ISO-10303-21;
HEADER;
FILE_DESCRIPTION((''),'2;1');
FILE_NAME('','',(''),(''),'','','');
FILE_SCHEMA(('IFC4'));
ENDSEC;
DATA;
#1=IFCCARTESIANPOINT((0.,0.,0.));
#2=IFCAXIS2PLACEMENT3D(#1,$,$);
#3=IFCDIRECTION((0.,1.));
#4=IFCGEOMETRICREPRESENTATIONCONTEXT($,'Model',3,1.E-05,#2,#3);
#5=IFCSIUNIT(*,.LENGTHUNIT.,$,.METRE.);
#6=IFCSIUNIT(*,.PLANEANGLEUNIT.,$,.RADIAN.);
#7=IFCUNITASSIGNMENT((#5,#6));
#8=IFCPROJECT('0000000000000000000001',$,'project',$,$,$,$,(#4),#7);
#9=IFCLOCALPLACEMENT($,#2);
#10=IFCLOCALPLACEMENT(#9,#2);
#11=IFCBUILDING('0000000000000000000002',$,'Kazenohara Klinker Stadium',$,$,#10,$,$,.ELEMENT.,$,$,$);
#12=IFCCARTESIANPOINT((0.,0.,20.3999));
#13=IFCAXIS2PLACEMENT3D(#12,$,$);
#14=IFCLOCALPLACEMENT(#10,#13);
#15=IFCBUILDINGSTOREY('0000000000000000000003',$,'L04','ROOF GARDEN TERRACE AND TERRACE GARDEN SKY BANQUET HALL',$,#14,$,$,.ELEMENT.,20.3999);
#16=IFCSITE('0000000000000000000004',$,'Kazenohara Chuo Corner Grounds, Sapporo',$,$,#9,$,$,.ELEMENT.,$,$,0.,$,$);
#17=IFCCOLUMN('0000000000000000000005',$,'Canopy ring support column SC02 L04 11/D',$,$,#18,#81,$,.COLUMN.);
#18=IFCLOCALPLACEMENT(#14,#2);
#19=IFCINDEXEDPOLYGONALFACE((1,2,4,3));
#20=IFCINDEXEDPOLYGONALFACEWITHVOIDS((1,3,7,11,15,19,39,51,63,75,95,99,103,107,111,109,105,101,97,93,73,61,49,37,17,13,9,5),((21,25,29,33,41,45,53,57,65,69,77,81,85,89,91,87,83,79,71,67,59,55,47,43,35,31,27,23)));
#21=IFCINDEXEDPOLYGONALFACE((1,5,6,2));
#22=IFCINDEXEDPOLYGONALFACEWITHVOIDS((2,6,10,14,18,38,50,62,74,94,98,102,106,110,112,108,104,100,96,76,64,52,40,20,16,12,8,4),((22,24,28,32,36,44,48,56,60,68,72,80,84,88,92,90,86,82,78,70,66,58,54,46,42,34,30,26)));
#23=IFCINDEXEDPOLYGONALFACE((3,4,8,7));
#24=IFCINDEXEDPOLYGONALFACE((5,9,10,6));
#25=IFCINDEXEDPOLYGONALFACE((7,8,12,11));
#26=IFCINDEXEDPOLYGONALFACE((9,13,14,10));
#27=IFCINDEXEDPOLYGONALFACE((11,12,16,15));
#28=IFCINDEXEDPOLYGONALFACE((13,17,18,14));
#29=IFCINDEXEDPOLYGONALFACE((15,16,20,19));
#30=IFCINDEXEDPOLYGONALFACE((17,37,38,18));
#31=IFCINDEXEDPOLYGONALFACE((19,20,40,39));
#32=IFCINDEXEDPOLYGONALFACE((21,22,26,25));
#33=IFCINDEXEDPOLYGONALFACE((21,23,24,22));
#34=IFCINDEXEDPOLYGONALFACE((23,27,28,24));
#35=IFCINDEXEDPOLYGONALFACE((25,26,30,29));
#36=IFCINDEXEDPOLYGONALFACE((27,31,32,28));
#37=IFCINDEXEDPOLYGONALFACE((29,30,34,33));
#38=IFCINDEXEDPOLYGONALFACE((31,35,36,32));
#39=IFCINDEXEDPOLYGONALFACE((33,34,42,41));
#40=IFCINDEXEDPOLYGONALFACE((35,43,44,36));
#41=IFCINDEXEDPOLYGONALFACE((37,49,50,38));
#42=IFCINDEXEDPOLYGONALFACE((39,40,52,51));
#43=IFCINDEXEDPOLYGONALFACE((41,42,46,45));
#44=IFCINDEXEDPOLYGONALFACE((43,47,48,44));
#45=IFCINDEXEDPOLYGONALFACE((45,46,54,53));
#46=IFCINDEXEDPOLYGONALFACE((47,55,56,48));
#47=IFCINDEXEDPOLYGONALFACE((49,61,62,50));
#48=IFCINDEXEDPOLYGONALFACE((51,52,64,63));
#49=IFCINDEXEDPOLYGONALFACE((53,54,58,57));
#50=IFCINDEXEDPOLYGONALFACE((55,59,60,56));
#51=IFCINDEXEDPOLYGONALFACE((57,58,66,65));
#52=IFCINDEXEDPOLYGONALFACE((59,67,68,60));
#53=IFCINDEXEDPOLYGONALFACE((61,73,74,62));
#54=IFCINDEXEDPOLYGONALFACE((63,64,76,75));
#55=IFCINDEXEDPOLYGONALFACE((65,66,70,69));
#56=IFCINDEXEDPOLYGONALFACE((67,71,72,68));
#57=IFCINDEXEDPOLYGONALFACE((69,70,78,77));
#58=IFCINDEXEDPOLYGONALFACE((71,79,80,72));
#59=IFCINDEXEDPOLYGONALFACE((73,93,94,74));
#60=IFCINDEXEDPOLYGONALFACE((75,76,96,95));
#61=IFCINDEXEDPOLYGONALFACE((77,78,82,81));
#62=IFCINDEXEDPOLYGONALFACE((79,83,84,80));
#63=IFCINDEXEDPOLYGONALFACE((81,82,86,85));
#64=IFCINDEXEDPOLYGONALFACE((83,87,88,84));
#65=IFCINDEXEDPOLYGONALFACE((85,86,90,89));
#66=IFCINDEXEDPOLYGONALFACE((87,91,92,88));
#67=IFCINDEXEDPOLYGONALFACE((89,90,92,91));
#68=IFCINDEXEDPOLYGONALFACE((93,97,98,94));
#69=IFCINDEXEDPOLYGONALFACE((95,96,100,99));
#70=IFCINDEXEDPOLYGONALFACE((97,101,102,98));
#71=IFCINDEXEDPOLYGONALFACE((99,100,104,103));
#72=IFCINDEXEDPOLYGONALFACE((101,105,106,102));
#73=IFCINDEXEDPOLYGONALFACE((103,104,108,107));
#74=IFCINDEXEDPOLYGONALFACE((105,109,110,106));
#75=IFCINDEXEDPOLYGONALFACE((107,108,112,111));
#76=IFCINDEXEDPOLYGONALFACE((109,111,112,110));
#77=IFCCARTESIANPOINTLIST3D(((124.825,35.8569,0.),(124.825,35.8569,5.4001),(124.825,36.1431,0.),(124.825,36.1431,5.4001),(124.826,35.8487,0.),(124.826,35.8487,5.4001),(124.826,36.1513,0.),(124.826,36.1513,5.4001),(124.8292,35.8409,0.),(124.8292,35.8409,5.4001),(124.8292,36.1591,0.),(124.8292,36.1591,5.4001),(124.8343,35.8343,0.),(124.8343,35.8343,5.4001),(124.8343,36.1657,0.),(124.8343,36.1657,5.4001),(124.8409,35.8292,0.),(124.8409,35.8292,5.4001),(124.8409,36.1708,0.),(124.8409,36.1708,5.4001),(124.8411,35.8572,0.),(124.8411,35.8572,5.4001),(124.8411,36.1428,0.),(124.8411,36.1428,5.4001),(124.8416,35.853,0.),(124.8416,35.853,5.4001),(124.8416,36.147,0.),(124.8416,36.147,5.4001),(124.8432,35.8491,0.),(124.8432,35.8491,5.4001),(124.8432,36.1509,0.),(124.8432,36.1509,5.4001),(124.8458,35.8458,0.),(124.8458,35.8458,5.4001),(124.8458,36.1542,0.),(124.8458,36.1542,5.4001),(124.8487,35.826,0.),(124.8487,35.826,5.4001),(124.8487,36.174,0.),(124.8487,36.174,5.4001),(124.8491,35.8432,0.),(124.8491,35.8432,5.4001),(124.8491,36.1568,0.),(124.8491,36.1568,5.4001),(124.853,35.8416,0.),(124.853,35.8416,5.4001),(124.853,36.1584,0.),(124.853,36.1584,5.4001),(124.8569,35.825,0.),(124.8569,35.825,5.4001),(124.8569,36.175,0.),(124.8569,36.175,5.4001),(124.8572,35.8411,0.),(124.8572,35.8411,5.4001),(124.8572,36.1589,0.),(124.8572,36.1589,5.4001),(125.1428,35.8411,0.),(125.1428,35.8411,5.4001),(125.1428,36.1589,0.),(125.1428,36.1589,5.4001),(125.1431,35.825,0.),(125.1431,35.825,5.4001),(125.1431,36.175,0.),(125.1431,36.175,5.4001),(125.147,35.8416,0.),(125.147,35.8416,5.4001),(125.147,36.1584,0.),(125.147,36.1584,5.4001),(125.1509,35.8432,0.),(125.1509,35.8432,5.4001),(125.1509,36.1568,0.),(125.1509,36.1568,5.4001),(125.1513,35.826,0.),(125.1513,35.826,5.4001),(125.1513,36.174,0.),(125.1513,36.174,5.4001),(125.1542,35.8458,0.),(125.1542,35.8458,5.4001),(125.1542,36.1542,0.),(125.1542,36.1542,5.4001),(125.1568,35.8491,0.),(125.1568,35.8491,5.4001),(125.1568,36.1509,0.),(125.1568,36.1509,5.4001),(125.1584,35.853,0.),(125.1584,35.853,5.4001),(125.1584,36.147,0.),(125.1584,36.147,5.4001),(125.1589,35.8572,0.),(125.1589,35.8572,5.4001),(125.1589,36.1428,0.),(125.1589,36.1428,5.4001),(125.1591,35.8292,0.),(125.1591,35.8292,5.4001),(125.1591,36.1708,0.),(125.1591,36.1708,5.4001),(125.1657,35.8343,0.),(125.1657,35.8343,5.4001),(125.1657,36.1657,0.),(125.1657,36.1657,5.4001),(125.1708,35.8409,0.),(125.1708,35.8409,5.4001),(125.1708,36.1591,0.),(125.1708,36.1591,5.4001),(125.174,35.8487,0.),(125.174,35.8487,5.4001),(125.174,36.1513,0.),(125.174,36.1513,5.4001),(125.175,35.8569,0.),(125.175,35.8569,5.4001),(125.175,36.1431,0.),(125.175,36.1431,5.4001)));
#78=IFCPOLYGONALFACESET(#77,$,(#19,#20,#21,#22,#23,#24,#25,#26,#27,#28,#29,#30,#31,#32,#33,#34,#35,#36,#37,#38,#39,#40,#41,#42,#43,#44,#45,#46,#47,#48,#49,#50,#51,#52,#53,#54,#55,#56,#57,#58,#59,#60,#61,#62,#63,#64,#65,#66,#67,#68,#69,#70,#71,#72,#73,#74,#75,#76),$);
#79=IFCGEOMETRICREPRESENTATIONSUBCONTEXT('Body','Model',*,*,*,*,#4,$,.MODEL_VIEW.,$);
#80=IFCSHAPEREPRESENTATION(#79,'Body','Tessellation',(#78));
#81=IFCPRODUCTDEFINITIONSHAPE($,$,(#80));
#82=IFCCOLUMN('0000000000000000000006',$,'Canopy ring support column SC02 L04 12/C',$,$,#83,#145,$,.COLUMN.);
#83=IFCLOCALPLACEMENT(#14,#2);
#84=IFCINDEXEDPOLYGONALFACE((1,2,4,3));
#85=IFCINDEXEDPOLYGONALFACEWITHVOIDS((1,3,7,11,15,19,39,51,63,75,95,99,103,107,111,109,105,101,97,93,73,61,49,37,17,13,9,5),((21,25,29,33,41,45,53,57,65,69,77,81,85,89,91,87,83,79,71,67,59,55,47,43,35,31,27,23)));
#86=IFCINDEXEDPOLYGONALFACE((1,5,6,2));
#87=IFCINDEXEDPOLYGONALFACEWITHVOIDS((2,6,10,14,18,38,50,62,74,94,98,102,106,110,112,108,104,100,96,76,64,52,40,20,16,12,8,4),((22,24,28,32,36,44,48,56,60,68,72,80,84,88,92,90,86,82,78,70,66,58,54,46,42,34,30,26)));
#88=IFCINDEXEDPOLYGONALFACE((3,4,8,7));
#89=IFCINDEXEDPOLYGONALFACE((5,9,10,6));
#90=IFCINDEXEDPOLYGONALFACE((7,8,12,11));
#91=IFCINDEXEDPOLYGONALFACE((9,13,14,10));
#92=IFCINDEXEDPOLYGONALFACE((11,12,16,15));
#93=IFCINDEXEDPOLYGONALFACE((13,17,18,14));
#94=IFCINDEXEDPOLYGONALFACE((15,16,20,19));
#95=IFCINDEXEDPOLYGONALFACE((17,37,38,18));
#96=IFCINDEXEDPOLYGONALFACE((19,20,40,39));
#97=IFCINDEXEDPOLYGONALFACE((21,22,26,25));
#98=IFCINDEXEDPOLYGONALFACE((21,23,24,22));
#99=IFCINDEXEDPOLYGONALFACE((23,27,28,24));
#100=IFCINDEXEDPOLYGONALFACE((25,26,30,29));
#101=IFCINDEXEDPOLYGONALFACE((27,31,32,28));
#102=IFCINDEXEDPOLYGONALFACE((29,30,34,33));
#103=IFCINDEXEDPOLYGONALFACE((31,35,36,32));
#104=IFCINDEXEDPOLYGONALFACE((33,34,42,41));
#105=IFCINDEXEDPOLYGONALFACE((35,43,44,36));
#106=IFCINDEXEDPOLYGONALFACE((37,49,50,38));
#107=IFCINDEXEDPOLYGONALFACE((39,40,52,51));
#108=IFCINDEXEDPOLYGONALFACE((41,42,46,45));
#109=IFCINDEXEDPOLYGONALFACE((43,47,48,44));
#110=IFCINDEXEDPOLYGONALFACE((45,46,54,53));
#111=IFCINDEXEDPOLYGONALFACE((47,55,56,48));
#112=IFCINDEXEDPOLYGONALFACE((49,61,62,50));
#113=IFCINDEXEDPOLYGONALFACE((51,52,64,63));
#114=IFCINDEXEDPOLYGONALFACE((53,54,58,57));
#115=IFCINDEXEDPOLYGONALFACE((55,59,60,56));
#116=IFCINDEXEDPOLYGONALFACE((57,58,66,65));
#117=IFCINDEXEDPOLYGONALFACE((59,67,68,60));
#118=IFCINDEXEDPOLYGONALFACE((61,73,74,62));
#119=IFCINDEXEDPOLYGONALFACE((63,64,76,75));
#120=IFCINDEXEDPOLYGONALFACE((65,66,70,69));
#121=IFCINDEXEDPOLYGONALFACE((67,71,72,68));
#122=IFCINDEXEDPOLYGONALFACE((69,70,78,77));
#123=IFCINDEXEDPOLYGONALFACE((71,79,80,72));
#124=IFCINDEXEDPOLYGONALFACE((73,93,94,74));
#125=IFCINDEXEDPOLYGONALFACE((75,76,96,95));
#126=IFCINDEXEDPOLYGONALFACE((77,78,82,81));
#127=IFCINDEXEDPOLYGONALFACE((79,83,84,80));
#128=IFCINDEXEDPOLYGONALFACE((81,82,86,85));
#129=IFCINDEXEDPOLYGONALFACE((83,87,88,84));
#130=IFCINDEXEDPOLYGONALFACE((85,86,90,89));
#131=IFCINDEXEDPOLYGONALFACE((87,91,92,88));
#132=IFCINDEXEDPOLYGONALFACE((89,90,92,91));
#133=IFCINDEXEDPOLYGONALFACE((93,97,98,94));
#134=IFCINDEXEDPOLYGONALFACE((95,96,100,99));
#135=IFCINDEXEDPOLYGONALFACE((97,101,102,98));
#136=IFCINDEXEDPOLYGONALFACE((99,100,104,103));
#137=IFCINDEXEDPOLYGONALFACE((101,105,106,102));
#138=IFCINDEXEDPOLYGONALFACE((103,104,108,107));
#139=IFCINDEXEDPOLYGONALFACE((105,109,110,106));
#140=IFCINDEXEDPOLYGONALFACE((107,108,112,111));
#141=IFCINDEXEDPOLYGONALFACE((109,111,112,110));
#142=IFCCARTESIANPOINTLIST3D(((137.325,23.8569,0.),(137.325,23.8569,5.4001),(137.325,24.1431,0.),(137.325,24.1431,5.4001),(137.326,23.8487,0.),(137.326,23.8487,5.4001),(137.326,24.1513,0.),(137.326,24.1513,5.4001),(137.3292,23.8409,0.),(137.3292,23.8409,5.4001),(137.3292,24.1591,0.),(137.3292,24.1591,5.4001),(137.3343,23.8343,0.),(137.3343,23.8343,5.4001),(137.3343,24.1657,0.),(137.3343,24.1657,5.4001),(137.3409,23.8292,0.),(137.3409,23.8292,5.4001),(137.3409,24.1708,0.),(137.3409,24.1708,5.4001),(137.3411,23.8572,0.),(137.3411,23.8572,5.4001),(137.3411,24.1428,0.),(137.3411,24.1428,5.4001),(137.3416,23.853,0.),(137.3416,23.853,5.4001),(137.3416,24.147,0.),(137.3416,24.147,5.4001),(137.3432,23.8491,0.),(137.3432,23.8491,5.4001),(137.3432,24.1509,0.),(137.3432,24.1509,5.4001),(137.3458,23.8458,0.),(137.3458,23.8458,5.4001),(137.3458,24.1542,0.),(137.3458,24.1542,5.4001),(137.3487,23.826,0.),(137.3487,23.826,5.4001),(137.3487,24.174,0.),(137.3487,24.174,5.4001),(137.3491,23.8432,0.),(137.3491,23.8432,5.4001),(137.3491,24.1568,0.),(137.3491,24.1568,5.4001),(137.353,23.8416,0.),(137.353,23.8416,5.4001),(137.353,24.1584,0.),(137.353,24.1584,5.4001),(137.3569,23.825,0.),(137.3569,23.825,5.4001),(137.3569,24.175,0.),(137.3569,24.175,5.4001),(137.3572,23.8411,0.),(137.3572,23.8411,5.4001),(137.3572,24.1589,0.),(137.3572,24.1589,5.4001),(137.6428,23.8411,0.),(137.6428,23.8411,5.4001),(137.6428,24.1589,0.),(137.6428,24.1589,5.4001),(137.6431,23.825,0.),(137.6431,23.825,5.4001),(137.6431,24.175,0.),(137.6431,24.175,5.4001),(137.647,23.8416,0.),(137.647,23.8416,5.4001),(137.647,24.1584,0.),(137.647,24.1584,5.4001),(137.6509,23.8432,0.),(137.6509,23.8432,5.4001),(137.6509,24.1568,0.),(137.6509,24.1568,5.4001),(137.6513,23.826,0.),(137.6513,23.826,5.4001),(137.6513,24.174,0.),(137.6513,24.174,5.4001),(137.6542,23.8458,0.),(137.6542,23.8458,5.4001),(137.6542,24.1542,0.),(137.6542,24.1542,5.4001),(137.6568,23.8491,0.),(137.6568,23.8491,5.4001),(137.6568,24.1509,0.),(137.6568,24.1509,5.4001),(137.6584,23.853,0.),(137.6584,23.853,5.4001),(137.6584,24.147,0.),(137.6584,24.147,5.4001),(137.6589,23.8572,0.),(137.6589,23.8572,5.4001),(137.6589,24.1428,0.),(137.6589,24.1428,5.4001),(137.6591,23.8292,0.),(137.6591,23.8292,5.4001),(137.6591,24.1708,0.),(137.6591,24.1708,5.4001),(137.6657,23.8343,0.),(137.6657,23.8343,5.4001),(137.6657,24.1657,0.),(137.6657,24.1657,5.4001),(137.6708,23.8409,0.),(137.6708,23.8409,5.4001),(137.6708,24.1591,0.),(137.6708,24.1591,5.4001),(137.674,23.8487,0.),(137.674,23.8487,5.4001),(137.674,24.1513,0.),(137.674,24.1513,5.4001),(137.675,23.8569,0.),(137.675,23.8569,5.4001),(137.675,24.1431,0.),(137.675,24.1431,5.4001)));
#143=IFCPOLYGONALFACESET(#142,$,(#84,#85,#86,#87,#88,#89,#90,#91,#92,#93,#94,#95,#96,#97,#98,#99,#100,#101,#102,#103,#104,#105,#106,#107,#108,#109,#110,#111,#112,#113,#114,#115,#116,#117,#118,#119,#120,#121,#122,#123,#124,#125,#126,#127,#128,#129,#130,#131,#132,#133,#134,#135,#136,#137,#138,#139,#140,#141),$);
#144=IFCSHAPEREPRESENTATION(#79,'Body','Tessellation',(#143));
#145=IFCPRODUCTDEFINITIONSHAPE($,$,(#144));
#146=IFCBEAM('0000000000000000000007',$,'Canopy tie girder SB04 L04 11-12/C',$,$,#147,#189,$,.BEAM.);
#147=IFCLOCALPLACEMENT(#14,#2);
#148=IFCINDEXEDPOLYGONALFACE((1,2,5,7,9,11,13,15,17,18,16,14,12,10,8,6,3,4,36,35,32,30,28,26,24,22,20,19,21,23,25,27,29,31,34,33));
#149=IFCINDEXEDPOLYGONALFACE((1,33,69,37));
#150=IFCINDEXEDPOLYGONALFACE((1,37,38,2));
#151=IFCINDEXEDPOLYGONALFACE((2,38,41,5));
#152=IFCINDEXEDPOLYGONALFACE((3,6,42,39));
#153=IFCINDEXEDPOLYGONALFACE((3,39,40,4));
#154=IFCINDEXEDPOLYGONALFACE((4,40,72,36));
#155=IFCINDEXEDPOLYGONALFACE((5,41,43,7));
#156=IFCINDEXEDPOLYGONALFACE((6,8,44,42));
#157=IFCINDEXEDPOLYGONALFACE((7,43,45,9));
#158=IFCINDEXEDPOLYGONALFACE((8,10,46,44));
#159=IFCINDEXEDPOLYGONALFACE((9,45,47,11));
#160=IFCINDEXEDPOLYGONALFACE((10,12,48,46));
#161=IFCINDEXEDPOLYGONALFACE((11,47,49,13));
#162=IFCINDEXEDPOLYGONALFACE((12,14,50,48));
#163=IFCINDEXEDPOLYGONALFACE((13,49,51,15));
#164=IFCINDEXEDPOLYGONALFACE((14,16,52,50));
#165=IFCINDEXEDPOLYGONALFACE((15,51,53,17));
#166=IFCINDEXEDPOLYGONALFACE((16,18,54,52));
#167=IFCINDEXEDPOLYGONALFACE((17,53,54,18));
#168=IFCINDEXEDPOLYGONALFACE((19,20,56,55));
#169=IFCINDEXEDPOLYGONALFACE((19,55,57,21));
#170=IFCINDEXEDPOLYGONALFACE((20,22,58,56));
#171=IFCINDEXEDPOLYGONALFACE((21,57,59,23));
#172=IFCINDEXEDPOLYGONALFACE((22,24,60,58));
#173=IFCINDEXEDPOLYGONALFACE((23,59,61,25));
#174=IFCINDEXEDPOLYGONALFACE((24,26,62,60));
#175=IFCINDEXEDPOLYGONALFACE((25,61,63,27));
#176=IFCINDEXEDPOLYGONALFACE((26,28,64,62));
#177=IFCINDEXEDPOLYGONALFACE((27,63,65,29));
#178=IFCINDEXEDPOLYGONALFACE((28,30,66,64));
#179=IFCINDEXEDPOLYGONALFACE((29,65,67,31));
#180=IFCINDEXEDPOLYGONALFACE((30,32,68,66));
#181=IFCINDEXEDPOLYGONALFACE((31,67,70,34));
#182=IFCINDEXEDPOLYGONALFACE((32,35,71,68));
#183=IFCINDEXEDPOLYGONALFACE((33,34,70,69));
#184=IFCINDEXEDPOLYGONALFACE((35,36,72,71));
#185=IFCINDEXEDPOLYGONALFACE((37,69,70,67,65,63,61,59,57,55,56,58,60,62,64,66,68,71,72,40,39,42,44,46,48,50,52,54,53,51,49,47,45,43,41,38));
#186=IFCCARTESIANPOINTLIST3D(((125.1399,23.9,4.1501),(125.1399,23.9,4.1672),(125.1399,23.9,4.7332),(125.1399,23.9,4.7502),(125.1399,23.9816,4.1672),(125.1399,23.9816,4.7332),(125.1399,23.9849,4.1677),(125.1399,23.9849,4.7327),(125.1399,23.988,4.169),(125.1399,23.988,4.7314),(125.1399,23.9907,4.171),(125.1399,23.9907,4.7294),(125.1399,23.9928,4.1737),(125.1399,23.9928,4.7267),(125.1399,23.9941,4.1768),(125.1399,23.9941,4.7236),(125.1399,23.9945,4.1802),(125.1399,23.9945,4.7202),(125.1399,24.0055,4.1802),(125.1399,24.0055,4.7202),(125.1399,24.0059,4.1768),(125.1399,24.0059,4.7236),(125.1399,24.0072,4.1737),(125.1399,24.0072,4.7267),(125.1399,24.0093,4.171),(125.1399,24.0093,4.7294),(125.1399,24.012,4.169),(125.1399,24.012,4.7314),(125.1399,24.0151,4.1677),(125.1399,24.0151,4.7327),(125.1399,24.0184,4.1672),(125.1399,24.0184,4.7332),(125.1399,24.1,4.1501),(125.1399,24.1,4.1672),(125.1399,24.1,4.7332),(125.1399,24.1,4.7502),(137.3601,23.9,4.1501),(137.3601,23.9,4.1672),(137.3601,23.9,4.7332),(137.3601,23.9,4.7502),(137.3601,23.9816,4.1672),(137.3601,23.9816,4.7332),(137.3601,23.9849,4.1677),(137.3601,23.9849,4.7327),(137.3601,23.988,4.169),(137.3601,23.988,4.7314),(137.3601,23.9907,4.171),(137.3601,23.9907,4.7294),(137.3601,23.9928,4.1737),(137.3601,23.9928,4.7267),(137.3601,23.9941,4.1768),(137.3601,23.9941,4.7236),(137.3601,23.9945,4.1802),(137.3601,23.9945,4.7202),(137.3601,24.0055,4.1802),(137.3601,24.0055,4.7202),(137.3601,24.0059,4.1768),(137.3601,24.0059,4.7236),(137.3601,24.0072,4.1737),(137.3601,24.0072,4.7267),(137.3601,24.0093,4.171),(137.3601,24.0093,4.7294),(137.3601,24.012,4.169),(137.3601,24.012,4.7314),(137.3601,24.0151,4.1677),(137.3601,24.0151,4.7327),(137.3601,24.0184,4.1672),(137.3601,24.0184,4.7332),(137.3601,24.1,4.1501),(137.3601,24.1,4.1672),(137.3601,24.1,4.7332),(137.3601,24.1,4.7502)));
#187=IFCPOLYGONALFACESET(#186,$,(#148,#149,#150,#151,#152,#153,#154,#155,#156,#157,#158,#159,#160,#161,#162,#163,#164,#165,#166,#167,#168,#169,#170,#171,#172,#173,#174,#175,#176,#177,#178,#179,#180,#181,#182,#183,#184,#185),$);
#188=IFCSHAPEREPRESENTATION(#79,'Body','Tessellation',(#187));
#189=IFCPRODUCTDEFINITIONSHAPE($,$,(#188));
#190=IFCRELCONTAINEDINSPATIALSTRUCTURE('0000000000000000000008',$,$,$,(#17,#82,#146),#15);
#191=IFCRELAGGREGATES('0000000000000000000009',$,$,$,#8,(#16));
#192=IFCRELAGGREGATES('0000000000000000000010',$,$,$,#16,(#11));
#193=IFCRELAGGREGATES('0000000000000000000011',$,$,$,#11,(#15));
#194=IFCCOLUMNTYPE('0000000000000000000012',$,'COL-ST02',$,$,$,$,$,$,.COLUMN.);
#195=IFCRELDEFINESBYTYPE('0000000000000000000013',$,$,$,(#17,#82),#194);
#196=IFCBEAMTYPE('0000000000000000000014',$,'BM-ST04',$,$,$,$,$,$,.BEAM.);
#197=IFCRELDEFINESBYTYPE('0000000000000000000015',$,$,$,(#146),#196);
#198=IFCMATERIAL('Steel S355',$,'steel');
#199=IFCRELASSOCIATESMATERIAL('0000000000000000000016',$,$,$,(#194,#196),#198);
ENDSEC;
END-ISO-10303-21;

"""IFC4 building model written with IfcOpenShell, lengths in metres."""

from ifc_helpers import new_model, si_unit, direction, frame, origin, origin_2d, place, context, subcontext, project, spatial, hollow_rectangle, i_section, extrude, material, material_profile, profile_set, type_object, element, save


model = new_model("IFC4")

# Units and contexts
model_context = context("Model", 3, precision=1e-05, world=origin(), true_north=direction((0.0, 1.0)))
body_context = subcontext(model_context, "Body", "Model", "MODEL_VIEW")
ifc_project = project(units=[si_unit("LENGTHUNIT", "METRE"), si_unit("PLANEANGLEUNIT", "RADIAN")], contexts=[model_context])

# Site, building, storey
site_placement = place(None, origin())
site = spatial("IfcSite", under=ifc_project, at=site_placement, Name="Kazenohara Chuo Corner Grounds, Sapporo", CompositionType="ELEMENT", RefElevation=0.0)
building_placement = place(site_placement, origin())
building = spatial("IfcBuilding", under=site, at=building_placement, Name="Kazenohara Klinker Stadium", CompositionType="ELEMENT")
storey_placement = place(building_placement, frame((0.0, 0.0, 20.3999)))
storey = spatial("IfcBuildingStorey", under=building, at=storey_placement, Name="L04", Description="ROOF GARDEN TERRACE AND TERRACE GARDEN SKY BANQUET HALL", CompositionType="ELEMENT", Elevation=20.3999)

# Columns
ifc_material_1 = material(Name="Steel S355", Category="steel")
ifc_material_profile_1 = material_profile(ifc_material_1, hollow_rectangle(XDim=0.3501, YDim=0.3501, WallThickness=0.0161, InnerFilletRadius=0.0161, OuterFilletRadius=0.032, at=origin_2d()), Name="SHS-350x350x16")
ifc_profile_set_1 = profile_set([ifc_material_profile_1], Name="Steel S355")
column_type_1 = type_object("IfcColumnType", Name="COL-ST02", PredefinedType="COLUMN", material=ifc_profile_set_1)
for number, where, z_axis, x_axis, name in (
    (1, (125.0, 36.0, 0.0), (0.0, 0.0, 1.0), (1.0, 0.0, 0.0), "Canopy ring support column SC02 L04 11/D"),
    (2, (137.5, 24.0, 0.0), (0.0, 0.0, 1.0), (1.0, 0.0, 0.0), "Canopy ring support column SC02 L04 12/C"),
):
    element("IfcColumn", number, at=place(storey_placement, frame(where, z_axis=z_axis, x_axis=x_axis)), inside=storey, type_object=column_type_1, Name=name, PredefinedType="COLUMN", context=body_context, shape_type="SweptSolid", body=[
        extrude(hollow_rectangle(XDim=0.3501, YDim=0.3501, WallThickness=0.0161, InnerFilletRadius=0.0161, OuterFilletRadius=0.032, at=origin_2d()), origin(), (0.0, 0.0, 1.0), 5.4001),
    ])

# Beam
ifc_material_profile_2 = material_profile(ifc_material_1, i_section(OverallWidth=0.2, OverallDepth=0.6001, WebThickness=0.011, FlangeThickness=0.0171, FilletRadius=0.0129, at=origin_2d()), Name="H-600x200x11x17")
ifc_profile_set_2 = profile_set([ifc_material_profile_2], Name="Steel S355")
beam_type = type_object("IfcBeamType", Name="BM-ST04", PredefinedType="BEAM", material=ifc_profile_set_2)
for number, where, z_axis, x_axis, name in (
    (3, (125.1399, 24.0, 4.4502), (1.0, 0.0, 0.0), (0.0, 1.0, 0.0), "Canopy tie girder SB04 L04 11-12/C"),
):
    element("IfcBeam", number, at=place(storey_placement, frame(where, z_axis=z_axis, x_axis=x_axis)), inside=storey, type_object=beam_type, Name=name, PredefinedType="BEAM", context=body_context, shape_type="SweptSolid", body=[
        extrude(i_section(OverallWidth=0.2, OverallDepth=0.6001, WebThickness=0.011, FlangeThickness=0.0171, FilletRadius=0.0129, at=origin_2d()), origin(), (0.0, 0.0, 1.0), 12.2202),
    ])

save(model, "model.ifc")
